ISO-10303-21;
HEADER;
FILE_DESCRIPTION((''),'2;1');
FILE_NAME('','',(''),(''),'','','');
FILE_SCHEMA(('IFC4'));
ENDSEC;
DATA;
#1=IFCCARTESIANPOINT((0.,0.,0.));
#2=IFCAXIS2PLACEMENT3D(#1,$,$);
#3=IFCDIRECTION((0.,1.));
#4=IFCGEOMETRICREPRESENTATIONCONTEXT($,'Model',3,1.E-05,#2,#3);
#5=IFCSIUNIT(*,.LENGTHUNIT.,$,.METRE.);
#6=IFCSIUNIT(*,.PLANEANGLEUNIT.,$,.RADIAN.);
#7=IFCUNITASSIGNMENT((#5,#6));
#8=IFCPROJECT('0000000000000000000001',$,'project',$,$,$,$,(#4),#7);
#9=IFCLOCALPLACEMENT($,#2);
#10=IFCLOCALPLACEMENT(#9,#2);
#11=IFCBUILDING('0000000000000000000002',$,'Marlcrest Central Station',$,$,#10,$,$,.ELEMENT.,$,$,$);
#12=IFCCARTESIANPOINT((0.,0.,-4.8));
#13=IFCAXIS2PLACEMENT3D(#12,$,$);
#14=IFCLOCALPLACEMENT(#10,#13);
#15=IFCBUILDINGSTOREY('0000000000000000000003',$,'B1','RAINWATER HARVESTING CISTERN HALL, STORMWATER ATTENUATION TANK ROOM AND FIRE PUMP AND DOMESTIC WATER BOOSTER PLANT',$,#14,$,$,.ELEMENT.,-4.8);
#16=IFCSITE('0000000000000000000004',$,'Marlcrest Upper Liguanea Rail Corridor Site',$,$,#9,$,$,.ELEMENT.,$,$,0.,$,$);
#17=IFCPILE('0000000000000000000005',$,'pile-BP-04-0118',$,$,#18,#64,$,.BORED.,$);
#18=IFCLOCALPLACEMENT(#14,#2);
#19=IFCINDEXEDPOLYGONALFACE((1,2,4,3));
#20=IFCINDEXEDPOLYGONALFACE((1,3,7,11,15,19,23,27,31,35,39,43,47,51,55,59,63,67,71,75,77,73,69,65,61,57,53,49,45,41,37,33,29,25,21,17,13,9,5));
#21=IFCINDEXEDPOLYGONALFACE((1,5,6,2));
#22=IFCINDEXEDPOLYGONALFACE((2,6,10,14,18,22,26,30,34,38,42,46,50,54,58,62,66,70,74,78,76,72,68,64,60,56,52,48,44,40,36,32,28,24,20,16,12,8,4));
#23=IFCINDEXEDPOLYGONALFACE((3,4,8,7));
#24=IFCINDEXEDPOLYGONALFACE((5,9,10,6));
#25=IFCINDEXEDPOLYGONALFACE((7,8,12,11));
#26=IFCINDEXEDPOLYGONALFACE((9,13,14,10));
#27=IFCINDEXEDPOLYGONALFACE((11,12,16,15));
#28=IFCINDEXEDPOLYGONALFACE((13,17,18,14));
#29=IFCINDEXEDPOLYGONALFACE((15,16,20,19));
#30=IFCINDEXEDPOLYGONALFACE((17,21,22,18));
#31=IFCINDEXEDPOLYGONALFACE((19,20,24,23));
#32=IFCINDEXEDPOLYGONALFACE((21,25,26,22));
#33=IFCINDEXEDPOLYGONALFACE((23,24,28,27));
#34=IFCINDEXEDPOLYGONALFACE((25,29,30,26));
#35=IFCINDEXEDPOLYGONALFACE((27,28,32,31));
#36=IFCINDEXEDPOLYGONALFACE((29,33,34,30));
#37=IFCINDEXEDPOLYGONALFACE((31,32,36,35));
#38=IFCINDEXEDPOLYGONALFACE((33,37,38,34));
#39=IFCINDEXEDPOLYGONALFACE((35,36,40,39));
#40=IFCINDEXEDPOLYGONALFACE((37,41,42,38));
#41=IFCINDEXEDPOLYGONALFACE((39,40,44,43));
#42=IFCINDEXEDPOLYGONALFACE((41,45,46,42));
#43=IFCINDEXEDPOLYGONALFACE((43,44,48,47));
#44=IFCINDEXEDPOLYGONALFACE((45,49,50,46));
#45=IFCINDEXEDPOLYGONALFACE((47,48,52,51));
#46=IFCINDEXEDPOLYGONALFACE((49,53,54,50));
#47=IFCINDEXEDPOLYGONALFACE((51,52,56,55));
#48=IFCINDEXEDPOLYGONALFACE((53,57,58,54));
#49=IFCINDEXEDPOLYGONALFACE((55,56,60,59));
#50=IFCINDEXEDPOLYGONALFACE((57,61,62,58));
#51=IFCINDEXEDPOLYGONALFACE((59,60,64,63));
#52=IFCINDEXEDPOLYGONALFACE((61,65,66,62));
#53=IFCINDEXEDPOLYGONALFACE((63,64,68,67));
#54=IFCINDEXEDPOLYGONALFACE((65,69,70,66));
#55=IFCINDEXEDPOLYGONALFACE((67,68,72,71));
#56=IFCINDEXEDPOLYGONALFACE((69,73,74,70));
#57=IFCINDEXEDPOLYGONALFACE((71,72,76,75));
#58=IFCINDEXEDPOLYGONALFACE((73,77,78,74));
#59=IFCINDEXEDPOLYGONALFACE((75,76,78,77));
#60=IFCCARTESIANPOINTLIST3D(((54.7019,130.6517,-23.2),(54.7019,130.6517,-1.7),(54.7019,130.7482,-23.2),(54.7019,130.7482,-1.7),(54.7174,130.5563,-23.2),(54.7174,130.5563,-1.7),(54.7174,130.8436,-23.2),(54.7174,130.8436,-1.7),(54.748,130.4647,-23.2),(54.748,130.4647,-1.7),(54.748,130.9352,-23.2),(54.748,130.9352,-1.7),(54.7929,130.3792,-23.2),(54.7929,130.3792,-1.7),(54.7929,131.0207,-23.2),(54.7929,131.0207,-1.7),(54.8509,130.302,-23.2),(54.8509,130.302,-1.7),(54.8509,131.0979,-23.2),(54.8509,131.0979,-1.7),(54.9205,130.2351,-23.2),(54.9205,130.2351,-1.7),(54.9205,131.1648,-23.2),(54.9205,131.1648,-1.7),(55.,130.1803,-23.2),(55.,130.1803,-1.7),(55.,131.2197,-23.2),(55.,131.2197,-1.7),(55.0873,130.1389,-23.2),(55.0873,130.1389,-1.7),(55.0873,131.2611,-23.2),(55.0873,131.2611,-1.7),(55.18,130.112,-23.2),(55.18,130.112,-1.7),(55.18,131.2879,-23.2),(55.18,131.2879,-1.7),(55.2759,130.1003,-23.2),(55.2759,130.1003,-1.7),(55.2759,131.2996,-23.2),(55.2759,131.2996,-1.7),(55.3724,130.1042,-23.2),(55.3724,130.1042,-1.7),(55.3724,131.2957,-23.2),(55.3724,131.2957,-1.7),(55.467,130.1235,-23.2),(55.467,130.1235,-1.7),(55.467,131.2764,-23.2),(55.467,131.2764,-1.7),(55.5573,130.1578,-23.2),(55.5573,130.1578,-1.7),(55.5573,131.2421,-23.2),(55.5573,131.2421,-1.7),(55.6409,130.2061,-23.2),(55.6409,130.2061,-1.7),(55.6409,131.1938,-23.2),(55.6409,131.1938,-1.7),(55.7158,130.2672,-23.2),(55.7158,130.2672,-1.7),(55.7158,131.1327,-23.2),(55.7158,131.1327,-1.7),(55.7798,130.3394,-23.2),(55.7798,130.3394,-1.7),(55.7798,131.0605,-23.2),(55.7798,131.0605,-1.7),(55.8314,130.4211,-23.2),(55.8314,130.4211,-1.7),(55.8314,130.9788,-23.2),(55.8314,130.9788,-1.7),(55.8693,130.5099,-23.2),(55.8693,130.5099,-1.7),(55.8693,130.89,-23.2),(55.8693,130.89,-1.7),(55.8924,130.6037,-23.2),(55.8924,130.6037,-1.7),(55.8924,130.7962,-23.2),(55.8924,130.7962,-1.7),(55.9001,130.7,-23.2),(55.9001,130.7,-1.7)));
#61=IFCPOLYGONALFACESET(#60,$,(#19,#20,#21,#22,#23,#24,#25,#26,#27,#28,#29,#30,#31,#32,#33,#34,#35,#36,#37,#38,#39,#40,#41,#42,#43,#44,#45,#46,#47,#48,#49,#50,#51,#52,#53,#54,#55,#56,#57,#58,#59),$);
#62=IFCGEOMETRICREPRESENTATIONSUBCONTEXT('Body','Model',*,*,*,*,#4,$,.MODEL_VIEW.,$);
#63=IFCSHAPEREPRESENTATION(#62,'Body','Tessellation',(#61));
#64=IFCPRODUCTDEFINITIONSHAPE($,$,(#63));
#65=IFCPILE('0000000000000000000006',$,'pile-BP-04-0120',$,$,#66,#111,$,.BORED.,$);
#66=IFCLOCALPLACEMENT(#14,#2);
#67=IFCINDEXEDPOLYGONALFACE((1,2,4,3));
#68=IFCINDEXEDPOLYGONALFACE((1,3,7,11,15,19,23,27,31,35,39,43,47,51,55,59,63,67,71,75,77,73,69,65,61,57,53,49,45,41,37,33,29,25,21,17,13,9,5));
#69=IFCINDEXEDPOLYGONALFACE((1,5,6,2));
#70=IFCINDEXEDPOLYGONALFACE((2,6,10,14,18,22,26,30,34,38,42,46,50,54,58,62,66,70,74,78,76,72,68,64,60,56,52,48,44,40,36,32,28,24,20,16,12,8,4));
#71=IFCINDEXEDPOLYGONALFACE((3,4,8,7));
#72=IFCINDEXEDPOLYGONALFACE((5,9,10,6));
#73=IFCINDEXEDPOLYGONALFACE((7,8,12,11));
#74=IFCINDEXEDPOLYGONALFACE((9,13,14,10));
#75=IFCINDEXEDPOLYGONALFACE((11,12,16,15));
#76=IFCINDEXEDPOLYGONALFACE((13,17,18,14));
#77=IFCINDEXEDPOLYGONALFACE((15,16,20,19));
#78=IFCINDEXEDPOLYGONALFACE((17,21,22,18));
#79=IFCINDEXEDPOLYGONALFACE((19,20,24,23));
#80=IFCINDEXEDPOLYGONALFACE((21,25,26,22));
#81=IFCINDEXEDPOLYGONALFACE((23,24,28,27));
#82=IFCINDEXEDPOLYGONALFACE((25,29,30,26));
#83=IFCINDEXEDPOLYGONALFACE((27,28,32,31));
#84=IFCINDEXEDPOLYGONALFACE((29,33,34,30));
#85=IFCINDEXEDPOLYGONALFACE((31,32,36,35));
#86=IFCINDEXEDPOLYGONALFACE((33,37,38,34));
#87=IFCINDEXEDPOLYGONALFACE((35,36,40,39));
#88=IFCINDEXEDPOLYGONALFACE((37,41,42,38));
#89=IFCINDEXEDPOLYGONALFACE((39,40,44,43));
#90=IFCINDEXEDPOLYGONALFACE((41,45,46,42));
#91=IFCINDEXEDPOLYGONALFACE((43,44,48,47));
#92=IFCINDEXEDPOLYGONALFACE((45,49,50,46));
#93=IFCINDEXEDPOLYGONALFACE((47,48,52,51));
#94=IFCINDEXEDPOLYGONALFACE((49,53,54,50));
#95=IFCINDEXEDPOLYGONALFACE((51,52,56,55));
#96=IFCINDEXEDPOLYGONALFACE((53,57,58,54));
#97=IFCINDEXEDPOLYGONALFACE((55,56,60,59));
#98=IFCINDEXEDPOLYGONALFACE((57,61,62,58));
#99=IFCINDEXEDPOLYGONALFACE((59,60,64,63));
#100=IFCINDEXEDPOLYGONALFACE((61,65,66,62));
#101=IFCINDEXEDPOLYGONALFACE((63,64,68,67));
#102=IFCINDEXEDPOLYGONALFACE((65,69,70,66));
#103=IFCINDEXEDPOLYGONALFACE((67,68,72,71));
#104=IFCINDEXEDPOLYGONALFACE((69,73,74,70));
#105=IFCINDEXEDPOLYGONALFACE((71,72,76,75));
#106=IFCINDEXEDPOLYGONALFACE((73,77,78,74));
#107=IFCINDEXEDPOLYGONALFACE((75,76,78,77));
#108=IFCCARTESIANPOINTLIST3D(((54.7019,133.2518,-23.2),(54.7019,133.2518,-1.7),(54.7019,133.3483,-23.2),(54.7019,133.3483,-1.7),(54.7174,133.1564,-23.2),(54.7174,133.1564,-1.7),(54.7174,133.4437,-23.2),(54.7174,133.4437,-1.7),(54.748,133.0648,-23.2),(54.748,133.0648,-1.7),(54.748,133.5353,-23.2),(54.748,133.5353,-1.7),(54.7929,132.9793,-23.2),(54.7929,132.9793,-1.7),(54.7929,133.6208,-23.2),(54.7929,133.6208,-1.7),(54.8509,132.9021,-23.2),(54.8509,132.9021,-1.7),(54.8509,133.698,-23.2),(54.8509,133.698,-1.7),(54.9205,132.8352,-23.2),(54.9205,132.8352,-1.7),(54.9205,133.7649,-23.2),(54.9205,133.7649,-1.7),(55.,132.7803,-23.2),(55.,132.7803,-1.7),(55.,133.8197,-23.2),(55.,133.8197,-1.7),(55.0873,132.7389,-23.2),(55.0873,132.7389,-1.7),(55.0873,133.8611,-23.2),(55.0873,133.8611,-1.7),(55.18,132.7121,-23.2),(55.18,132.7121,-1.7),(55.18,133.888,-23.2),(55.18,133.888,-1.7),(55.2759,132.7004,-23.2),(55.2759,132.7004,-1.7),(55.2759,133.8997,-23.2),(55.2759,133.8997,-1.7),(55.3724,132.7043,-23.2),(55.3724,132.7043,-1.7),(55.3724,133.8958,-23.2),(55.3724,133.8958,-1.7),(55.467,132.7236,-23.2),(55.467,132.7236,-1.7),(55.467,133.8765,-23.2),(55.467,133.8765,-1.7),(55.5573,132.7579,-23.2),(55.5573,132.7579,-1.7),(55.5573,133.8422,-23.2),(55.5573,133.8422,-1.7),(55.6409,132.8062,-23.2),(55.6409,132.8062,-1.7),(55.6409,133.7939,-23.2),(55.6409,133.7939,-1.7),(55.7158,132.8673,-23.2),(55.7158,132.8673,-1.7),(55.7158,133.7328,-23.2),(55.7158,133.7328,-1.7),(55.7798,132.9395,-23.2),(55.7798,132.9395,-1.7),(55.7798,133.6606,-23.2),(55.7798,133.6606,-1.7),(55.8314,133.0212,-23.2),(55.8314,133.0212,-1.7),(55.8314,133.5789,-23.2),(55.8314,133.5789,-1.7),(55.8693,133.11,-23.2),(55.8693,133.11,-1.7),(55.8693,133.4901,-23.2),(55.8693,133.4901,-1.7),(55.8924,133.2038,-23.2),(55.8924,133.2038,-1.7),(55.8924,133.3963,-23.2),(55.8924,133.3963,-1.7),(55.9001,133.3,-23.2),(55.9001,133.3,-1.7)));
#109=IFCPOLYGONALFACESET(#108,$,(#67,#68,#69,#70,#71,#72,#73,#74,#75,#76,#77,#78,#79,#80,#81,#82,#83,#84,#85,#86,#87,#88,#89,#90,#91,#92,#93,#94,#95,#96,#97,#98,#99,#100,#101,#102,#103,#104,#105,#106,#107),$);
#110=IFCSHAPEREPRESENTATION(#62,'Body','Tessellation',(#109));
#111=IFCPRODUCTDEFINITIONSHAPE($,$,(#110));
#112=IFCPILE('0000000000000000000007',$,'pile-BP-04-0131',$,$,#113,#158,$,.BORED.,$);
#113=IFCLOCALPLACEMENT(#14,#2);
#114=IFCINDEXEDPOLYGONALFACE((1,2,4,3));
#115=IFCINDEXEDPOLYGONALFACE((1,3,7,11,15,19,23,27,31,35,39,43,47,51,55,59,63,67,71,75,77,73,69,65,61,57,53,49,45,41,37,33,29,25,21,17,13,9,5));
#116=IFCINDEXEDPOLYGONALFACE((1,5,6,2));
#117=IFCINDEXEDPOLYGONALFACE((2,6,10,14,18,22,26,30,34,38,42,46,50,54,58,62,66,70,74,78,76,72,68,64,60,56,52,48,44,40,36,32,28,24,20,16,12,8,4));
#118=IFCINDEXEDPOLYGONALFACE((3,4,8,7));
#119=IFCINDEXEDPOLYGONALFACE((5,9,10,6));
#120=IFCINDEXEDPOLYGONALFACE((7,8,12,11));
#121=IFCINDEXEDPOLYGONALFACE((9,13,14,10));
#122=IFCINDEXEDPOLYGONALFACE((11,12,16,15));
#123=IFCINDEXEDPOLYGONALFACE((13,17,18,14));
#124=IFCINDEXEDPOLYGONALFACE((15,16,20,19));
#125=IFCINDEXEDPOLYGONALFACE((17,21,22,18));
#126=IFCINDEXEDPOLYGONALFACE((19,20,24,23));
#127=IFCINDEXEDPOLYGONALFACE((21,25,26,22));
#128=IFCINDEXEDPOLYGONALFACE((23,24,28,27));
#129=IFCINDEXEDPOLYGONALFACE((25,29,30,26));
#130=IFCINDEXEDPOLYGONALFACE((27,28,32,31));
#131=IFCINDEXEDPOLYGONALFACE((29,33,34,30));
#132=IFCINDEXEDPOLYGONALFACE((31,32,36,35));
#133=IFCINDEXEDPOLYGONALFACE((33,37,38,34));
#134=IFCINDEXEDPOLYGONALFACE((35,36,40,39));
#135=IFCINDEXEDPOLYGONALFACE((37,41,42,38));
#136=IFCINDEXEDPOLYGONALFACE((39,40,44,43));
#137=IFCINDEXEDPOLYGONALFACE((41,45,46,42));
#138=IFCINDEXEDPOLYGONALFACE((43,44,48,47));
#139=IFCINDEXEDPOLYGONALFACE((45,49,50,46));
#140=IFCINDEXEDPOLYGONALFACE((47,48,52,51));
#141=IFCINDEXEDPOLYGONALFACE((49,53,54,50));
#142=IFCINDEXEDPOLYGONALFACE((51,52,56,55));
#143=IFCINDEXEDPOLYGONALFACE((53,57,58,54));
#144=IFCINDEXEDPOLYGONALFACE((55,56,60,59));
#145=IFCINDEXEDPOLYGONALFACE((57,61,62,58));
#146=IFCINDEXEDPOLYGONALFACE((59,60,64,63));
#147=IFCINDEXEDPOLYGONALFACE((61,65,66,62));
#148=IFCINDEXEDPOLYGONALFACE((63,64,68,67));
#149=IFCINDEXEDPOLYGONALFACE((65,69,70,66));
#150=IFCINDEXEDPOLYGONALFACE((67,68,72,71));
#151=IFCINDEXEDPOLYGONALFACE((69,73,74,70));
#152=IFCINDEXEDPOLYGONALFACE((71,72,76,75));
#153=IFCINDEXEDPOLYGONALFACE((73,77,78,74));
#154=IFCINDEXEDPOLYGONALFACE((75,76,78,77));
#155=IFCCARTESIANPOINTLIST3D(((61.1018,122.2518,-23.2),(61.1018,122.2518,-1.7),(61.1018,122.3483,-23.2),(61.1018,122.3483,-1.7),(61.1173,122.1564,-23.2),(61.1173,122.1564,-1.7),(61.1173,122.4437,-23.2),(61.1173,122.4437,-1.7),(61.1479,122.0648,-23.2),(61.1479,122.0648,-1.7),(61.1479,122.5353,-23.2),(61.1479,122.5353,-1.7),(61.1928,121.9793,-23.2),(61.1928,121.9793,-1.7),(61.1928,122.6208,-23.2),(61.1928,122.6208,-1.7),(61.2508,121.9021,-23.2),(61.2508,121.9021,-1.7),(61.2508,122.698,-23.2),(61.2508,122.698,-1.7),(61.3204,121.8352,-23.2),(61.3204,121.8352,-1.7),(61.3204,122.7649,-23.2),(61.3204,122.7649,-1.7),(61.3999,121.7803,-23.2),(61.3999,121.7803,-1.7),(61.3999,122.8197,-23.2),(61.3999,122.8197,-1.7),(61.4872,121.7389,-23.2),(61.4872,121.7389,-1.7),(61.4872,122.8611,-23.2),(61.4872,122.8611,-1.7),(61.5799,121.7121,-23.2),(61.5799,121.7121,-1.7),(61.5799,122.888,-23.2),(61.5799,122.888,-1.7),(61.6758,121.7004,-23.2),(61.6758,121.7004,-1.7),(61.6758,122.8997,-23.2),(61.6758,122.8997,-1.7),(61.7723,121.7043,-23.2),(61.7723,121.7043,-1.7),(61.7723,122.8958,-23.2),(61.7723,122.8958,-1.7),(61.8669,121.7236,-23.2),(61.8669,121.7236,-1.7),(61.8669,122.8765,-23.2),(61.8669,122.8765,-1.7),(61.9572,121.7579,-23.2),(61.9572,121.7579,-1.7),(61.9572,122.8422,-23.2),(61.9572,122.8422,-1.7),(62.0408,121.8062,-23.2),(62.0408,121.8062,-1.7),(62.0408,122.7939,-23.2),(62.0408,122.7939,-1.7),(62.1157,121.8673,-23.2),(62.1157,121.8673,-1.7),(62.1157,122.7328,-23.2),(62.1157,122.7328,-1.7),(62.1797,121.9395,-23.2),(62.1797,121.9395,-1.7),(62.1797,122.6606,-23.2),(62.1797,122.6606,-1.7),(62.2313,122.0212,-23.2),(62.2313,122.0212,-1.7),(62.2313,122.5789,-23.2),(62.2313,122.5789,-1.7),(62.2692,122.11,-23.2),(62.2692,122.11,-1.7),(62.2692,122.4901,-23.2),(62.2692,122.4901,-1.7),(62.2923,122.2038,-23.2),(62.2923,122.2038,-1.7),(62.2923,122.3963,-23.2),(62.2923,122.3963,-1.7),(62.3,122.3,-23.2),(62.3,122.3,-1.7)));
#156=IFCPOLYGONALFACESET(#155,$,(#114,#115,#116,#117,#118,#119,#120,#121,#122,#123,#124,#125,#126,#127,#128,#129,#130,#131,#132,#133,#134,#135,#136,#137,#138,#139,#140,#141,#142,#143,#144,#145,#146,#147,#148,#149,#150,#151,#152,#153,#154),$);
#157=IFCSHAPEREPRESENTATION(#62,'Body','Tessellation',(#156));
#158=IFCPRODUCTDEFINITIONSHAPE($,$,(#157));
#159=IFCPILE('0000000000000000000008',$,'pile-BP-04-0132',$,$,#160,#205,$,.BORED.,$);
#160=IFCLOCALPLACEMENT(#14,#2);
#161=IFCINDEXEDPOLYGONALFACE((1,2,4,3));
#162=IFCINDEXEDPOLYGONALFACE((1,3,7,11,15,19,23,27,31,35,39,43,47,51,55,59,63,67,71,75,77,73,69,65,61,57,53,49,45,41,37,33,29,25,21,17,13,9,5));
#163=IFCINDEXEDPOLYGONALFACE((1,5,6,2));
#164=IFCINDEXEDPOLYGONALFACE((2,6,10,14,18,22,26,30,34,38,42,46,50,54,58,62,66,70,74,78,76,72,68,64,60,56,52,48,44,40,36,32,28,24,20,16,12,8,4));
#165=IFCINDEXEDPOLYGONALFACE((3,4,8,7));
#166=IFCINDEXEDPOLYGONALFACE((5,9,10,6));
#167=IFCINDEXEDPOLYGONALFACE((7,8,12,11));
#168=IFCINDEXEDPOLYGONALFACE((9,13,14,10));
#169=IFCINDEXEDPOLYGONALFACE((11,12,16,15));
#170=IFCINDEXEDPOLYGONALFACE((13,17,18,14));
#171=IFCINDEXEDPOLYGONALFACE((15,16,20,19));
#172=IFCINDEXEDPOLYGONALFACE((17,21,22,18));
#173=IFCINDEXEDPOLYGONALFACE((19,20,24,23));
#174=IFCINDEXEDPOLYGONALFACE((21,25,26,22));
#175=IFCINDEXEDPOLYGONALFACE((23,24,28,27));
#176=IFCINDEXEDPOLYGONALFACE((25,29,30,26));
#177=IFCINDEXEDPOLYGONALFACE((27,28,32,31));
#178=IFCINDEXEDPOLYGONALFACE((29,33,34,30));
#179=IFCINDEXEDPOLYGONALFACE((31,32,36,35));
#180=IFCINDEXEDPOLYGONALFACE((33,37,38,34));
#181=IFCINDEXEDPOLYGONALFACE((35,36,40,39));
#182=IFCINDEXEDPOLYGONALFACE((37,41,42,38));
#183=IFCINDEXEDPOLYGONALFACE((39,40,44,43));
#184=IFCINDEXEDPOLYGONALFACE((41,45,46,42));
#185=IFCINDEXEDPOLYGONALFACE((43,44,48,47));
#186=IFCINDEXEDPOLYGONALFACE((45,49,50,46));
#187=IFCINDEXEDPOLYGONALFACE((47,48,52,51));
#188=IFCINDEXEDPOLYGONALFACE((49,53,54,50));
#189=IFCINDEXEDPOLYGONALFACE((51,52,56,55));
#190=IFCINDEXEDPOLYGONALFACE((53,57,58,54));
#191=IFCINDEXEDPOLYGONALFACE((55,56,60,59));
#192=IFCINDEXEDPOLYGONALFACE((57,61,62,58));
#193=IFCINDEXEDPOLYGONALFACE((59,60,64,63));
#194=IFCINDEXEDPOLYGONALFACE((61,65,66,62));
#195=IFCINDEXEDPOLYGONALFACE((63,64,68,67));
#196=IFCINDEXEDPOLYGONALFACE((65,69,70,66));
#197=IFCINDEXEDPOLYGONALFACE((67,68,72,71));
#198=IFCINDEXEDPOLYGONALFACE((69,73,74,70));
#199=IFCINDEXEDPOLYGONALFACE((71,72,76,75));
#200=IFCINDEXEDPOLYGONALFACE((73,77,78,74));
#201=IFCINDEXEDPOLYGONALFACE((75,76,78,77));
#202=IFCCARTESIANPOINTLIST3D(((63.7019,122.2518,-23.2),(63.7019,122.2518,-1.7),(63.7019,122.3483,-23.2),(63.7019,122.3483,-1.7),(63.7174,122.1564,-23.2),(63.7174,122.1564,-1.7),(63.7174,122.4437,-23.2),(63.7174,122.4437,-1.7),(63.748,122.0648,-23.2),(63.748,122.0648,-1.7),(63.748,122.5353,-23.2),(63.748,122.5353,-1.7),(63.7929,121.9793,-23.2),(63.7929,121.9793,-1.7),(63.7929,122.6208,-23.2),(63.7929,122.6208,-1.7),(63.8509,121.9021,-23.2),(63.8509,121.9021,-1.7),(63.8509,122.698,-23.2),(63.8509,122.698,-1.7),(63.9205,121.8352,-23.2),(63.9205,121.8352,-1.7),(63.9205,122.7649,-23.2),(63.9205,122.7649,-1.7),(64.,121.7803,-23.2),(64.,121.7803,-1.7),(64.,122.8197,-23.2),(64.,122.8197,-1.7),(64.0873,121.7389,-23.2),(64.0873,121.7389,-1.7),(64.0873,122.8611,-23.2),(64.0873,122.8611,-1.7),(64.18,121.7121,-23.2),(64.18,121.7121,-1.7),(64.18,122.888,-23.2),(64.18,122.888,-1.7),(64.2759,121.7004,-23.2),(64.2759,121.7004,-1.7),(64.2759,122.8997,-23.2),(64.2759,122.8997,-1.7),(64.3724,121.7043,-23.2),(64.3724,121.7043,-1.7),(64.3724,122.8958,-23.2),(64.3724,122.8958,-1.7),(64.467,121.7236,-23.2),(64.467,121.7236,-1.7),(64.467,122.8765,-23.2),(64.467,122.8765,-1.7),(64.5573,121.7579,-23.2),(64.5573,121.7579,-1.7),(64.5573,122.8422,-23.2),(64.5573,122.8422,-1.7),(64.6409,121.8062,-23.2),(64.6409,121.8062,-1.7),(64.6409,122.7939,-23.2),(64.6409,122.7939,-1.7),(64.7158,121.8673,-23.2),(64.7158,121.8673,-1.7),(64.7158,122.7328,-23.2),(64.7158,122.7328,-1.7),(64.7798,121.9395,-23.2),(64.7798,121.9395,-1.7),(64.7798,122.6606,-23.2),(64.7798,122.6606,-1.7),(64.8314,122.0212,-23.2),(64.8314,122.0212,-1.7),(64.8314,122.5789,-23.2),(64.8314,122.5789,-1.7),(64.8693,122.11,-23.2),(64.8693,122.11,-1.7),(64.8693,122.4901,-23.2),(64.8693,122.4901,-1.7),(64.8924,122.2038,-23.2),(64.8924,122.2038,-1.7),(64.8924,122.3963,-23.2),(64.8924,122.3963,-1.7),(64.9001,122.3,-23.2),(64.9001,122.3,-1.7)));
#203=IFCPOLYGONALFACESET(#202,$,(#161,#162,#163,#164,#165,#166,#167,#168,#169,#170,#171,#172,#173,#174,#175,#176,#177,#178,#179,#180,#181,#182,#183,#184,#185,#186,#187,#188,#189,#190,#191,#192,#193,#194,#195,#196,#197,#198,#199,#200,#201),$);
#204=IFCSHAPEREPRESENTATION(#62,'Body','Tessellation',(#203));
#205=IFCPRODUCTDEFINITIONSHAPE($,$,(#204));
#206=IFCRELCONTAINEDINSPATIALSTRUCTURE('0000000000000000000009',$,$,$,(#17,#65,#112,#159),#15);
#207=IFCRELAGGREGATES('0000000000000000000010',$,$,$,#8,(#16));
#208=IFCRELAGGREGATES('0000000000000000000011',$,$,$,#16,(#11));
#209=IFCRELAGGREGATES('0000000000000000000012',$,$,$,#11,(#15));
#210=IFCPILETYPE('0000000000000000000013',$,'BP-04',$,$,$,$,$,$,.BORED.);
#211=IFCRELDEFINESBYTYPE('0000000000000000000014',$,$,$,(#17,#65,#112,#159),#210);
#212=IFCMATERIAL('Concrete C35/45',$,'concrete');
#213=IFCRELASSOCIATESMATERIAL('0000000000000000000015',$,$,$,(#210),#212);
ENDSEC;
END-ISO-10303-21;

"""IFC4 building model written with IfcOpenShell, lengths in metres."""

from ifc_helpers import new_model, si_unit, direction, frame, origin, origin_2d, place, context, subcontext, project, spatial, circle, extrude, material, material_profile, profile_set, type_object, element, save


model = new_model("IFC4")

# Units and contexts
model_context = context("Model", 3, precision=1e-05, world=origin(), true_north=direction((0.0, 1.0)))
body_context = subcontext(model_context, "Body", "Model", "MODEL_VIEW")
ifc_project = project(units=[si_unit("LENGTHUNIT", "METRE"), si_unit("PLANEANGLEUNIT", "RADIAN")], contexts=[model_context])

# Site, building, storey
site_placement = place(None, origin())
site = spatial("IfcSite", under=ifc_project, at=site_placement, Name="Marlcrest Upper Liguanea Rail Corridor Site", CompositionType="ELEMENT", RefElevation=0.0)
building_placement = place(site_placement, origin())
building = spatial("IfcBuilding", under=site, at=building_placement, Name="Marlcrest Central Station", CompositionType="ELEMENT")
storey_placement = place(building_placement, frame((0.0, 0.0, -4.8)))
storey = spatial("IfcBuildingStorey", under=building, at=storey_placement, Name="B1", Description="RAINWATER HARVESTING CISTERN HALL, STORMWATER ATTENUATION TANK ROOM AND FIRE PUMP AND DOMESTIC WATER BOOSTER PLANT", CompositionType="ELEMENT", Elevation=-4.8)

# Piles
ifc_material_1 = material(Name="Concrete C35/45", Category="concrete")
ifc_material_profile_1 = material_profile(ifc_material_1, circle(Radius=0.6001, at=origin_2d()), Name="PILE D1200")
ifc_profile_set_1 = profile_set([ifc_material_profile_1], Name="Concrete C35/45")
pile_type = type_object("IfcPileType", Name="BP-04", PredefinedType="BORED", material=ifc_profile_set_1)
for number, where, z_axis, x_axis, name in (
    (1, (55.3, 130.7, -1.7), (0.0, 0.0, -1.0), (1.0, 0.0, 0.0), "pile-BP-04-0118"),
    (2, (55.3, 133.3, -1.7), (0.0, 0.0, -1.0), (1.0, 0.0, 0.0), "pile-BP-04-0120"),
    (3, (61.7, 122.3, -1.7), (0.0, 0.0, -1.0), (1.0, 0.0, 0.0), "pile-BP-04-0131"),
    (4, (64.3, 122.3, -1.7), (0.0, 0.0, -1.0), (1.0, 0.0, 0.0), "pile-BP-04-0132"),
):
    element("IfcPile", number, at=place(storey_placement, frame(where, z_axis=z_axis, x_axis=x_axis)), inside=storey, type_object=pile_type, Name=name, PredefinedType="BORED", context=body_context, shape_type="SweptSolid", body=[
        extrude(circle(Radius=0.6001, at=origin_2d()), origin(), (0.0, 0.0, 1.0), 21.5),
    ])

save(model, "model.ifc")
